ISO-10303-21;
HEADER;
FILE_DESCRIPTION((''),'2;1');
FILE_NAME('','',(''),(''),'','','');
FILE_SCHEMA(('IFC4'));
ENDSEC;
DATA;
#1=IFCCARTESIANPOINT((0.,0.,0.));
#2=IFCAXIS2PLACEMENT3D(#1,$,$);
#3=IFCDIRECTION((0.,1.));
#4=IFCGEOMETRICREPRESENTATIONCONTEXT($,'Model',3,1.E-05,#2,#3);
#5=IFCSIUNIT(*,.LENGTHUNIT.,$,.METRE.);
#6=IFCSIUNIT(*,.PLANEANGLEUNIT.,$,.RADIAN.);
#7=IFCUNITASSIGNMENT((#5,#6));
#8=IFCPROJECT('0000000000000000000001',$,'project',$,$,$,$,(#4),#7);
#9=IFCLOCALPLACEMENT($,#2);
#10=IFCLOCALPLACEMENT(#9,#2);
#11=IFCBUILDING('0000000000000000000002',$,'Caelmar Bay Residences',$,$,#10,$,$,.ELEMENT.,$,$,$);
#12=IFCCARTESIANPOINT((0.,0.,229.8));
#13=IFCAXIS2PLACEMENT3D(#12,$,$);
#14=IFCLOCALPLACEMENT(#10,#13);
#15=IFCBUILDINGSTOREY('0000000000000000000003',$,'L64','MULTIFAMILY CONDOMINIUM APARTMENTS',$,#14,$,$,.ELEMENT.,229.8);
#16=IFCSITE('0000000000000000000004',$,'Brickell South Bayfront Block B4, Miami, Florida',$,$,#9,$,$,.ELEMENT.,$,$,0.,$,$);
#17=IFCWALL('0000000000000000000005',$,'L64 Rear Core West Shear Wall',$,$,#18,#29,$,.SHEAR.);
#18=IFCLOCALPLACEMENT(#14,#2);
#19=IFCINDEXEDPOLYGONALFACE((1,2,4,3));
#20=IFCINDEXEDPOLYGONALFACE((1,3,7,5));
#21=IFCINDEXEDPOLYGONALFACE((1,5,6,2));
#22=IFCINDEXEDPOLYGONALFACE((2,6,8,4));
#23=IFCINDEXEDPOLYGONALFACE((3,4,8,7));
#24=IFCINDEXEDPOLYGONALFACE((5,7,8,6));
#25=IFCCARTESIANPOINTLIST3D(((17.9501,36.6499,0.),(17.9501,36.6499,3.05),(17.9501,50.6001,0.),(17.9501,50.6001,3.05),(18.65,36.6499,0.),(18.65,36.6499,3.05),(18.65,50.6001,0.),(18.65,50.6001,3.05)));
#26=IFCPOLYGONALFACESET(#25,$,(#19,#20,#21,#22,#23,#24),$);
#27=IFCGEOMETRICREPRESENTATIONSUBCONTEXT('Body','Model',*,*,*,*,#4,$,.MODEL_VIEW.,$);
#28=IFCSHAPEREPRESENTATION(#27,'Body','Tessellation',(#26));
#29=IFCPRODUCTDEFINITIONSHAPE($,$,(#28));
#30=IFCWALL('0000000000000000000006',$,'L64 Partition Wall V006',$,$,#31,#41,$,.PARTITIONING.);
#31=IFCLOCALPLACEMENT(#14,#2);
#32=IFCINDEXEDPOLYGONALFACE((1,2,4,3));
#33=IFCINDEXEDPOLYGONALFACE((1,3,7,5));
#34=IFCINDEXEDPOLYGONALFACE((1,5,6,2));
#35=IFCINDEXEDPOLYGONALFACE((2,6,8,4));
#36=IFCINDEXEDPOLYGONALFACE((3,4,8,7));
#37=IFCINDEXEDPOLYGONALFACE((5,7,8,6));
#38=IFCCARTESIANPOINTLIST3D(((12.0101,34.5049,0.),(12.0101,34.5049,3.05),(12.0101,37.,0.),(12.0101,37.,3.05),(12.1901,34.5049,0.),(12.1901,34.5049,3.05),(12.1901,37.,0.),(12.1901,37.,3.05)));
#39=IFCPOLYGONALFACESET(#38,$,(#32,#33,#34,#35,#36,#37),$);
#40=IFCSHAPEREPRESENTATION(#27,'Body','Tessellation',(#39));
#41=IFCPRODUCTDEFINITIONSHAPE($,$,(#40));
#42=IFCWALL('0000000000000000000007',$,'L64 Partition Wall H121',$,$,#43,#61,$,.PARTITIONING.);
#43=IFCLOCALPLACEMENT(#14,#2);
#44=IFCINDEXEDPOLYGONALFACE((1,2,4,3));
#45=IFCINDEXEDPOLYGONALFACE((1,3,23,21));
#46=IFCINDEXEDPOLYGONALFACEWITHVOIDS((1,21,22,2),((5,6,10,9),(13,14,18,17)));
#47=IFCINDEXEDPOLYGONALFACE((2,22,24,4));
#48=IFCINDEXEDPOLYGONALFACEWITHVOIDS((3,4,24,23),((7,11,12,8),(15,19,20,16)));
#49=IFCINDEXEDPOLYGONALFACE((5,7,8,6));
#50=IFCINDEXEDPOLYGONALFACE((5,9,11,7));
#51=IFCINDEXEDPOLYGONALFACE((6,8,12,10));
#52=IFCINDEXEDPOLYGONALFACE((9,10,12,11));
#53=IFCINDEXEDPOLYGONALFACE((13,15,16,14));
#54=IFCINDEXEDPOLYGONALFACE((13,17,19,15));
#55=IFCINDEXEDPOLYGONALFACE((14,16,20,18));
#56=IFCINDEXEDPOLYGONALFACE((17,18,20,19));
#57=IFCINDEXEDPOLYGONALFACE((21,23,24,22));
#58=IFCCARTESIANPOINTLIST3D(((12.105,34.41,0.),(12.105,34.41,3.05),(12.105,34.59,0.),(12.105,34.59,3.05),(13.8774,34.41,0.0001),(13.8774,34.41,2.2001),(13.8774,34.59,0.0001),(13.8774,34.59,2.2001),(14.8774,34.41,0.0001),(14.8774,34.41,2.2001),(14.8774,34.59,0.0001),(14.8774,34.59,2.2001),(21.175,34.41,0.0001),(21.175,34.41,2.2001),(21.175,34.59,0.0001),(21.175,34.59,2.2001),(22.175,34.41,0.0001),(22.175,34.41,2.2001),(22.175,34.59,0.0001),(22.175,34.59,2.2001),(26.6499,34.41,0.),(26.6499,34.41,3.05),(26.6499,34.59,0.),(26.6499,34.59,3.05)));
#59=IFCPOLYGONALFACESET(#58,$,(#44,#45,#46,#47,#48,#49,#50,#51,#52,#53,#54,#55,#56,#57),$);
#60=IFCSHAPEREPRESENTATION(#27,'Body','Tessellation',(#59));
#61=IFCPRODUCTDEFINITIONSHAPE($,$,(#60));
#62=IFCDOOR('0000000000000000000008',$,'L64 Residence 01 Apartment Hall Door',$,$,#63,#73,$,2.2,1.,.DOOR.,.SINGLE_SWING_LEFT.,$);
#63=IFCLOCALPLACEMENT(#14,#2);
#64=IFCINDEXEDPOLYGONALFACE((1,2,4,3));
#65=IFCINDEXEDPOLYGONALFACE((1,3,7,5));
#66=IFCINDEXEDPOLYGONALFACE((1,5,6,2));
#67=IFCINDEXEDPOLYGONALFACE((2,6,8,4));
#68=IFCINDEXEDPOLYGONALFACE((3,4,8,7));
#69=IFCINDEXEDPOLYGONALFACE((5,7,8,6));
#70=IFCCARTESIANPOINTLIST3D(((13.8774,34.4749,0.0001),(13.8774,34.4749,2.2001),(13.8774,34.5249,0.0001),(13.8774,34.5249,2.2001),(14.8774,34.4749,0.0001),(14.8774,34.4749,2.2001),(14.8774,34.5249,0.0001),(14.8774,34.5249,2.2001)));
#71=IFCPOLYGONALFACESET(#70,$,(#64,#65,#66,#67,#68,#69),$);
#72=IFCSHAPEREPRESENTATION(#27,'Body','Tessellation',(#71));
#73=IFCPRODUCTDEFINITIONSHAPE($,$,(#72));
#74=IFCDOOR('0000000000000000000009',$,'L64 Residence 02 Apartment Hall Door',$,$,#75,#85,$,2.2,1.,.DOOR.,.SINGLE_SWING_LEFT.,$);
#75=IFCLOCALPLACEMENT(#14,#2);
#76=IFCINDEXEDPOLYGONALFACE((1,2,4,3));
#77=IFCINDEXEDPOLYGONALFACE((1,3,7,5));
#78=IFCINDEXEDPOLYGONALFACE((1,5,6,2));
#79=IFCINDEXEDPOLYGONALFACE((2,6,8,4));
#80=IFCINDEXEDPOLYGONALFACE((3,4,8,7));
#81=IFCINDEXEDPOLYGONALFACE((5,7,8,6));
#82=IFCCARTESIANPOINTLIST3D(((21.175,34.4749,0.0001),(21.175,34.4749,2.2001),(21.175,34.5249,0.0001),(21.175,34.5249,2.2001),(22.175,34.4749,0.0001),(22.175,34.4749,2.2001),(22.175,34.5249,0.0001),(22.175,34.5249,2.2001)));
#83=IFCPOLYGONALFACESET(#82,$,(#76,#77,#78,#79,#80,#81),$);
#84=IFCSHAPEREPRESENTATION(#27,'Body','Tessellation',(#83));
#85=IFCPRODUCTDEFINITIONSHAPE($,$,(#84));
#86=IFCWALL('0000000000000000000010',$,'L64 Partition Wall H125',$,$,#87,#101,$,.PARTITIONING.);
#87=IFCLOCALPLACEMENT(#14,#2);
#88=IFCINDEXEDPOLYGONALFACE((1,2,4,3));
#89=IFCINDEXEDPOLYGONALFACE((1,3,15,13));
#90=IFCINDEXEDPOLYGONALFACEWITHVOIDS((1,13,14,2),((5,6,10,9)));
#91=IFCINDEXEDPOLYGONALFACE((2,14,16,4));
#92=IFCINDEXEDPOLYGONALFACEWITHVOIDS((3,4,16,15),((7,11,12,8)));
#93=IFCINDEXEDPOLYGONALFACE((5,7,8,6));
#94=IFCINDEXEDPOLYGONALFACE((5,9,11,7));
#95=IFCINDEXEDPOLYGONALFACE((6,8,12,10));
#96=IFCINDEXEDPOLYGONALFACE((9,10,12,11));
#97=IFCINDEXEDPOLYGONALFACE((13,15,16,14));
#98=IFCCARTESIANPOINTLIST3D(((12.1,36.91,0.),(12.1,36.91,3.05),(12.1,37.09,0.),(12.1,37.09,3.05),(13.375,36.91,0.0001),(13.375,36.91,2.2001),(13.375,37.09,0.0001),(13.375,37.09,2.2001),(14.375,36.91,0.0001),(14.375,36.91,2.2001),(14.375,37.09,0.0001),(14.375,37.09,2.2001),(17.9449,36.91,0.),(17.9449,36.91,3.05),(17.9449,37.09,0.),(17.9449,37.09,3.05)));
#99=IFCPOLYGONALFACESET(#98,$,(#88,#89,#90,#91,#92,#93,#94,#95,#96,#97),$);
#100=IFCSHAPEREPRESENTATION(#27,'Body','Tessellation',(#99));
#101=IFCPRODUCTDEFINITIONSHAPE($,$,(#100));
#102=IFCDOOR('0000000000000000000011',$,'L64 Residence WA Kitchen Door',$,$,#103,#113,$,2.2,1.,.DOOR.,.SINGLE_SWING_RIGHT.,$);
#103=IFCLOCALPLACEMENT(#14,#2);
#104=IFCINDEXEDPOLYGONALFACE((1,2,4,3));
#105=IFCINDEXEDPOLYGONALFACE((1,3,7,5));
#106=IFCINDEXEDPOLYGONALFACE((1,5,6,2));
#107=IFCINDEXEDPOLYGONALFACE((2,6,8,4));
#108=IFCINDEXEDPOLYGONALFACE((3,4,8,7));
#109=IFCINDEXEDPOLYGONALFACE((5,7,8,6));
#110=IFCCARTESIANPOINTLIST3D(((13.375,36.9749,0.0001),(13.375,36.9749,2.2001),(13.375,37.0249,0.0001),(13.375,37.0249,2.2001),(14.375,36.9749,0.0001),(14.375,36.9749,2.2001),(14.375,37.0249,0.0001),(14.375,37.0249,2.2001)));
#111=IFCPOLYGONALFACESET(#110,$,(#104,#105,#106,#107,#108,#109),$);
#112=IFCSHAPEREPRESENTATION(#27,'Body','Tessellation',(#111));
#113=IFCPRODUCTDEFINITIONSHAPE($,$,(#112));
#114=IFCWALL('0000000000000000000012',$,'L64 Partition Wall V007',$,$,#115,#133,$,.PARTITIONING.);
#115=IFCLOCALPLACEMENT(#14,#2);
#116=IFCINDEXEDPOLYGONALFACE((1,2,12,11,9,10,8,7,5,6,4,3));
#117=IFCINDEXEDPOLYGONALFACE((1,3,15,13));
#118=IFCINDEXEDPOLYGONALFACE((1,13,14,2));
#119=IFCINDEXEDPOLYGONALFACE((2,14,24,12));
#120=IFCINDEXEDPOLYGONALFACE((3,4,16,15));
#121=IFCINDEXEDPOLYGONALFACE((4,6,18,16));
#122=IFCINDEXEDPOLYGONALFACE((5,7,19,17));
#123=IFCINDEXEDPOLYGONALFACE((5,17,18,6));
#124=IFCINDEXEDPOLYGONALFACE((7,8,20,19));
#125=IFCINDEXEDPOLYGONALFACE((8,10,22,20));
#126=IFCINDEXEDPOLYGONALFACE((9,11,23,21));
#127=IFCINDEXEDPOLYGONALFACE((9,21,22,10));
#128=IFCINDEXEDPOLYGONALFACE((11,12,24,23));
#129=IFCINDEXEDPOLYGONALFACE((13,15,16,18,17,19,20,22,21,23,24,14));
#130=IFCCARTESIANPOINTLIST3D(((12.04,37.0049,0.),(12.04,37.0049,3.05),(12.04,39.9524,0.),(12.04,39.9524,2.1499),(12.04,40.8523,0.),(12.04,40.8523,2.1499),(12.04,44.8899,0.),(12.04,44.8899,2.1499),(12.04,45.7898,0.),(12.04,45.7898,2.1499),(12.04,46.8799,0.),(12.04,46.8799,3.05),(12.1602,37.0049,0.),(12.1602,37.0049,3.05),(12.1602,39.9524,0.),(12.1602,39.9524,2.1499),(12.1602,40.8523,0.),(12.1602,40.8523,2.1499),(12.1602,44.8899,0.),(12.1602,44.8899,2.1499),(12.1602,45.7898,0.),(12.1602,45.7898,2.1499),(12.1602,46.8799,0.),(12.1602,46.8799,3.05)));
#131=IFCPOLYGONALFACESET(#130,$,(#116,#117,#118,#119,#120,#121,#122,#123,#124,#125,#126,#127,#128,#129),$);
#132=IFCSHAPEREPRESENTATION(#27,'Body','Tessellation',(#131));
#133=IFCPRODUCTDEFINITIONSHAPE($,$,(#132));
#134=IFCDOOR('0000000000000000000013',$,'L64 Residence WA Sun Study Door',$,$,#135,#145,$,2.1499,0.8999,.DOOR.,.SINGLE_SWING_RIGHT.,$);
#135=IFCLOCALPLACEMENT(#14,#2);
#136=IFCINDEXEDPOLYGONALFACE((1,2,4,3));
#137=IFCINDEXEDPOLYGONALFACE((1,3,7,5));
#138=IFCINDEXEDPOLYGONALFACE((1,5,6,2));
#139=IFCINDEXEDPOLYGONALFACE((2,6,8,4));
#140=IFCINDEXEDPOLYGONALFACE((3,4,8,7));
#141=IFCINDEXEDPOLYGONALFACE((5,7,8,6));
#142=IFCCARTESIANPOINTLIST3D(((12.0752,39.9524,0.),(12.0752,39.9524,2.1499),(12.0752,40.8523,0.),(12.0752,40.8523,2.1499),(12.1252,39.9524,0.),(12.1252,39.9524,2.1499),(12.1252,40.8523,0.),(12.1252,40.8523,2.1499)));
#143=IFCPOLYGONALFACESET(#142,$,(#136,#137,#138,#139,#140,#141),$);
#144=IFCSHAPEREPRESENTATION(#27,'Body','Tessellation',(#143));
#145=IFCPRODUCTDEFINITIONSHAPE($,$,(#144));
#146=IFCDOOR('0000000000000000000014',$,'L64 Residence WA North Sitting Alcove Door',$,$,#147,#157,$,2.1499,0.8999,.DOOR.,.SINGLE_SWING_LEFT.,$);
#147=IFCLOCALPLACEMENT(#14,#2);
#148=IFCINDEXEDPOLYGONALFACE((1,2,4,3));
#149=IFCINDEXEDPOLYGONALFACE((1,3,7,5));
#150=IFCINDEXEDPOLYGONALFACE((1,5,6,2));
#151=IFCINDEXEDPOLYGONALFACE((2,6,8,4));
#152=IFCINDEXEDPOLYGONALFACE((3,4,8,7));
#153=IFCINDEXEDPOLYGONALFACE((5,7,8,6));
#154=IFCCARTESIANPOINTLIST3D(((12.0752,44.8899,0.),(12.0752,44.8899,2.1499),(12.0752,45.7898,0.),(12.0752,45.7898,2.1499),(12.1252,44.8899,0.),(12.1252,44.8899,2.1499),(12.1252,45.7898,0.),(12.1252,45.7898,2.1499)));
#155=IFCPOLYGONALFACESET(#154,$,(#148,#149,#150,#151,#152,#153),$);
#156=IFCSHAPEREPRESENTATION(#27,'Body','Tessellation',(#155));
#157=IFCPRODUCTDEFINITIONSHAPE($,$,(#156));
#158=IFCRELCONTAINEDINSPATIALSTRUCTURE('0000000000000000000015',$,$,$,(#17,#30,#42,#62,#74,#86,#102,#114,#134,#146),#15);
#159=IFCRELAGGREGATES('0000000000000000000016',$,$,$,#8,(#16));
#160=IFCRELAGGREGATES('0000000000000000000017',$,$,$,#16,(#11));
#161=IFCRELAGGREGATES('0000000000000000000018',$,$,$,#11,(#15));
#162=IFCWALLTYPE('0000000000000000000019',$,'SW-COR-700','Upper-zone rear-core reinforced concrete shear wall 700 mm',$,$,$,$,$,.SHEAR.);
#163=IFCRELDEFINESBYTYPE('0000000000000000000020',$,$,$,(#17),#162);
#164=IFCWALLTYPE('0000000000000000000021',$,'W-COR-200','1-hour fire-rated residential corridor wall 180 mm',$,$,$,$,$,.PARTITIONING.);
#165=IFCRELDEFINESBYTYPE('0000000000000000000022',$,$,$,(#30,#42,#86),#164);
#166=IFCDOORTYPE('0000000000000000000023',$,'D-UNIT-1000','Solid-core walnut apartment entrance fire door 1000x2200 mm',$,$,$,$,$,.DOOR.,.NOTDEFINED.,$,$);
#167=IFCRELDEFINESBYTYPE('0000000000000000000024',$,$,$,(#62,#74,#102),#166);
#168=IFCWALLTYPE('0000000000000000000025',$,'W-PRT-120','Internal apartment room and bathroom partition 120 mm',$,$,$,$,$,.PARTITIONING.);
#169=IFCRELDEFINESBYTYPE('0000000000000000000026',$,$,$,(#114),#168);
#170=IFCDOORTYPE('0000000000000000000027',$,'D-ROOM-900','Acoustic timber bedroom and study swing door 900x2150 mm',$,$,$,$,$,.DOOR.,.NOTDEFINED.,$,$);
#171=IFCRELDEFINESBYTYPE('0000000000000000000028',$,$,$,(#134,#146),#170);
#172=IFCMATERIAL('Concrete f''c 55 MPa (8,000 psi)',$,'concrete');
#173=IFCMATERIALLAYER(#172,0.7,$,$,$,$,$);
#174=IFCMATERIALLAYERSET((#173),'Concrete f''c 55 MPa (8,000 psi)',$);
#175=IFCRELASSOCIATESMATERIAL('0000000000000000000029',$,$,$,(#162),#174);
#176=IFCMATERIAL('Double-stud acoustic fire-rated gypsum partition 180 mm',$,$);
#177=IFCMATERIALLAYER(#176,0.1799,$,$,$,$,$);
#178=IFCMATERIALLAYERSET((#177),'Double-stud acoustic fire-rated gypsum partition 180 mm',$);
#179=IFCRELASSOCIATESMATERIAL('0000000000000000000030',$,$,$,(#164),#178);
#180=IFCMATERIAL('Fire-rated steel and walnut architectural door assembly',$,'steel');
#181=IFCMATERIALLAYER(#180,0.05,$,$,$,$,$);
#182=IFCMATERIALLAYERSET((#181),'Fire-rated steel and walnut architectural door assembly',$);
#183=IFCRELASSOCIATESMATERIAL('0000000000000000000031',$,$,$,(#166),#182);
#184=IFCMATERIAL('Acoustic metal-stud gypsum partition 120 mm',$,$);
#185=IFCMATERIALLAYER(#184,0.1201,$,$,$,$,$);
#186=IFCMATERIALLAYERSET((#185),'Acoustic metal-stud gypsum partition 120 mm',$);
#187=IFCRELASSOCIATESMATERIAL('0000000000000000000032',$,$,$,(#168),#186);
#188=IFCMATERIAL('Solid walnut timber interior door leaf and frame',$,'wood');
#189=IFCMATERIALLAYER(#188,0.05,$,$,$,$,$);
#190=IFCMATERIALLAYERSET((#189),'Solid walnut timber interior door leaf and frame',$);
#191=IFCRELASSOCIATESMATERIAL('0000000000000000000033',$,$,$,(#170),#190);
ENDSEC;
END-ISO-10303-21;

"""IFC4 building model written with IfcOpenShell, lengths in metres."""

from ifc_helpers import new_model, si_unit, direction, frame, frame_2d, origin, place, context, subcontext, project, spatial, rectangle, extrude, material, layer, layer_set, type_object, element, fill, save


model = new_model("IFC4")

# Units and contexts
model_context = context("Model", 3, precision=1e-05, world=origin(), true_north=direction((0.0, 1.0)))
body_context = subcontext(model_context, "Body", "Model", "MODEL_VIEW")
ifc_project = project(units=[si_unit("LENGTHUNIT", "METRE"), si_unit("PLANEANGLEUNIT", "RADIAN")], contexts=[model_context])

# Site, building, storey
site_placement = place(None, origin())
site = spatial("IfcSite", under=ifc_project, at=site_placement, Name="Brickell South Bayfront Block B4, Miami, Florida", CompositionType="ELEMENT", RefElevation=0.0)
building_placement = place(site_placement, origin())
building = spatial("IfcBuilding", under=site, at=building_placement, Name="Caelmar Bay Residences", CompositionType="ELEMENT")
storey_placement = place(building_placement, frame((0.0, 0.0, 229.8)))
storey = spatial("IfcBuildingStorey", under=building, at=storey_placement, Name="L64", Description="MULTIFAMILY CONDOMINIUM APARTMENTS", CompositionType="ELEMENT", Elevation=229.8)

# Shared definitions
ifc_material_1 = material(Name="Concrete f'c 55 MPa (8,000 psi)", Category="concrete")
ifc_layer_1 = layer(ifc_material_1, 0.7)
ifc_layer_set_1 = layer_set([ifc_layer_1], Name="Concrete f'c 55 MPa (8,000 psi)")
wall_type_1 = type_object("IfcWallType", Name="SW-COR-700", Description="Upper-zone rear-core reinforced concrete shear wall 700 mm", PredefinedType="SHEAR", material=ifc_layer_set_1)
ifc_material_2 = material(Name="Fire-rated steel and walnut architectural door assembly", Category="steel")

# Walls
wall_1_placement = place(storey_placement, frame((18.3, 36.6499, 0.0), z_axis=(0.0, 0.0, 1.0), x_axis=(0.0, 1.0, 0.0)))
element("IfcWall", 1, at=wall_1_placement, inside=storey, type_object=wall_type_1, Name="L64 Rear Core West Shear Wall", PredefinedType="SHEAR", context=body_context, shape_type="SweptSolid", body=[
    extrude(rectangle(XDim=13.9502, YDim=0.7, at=frame_2d((6.9751, 0.0))), origin(), (0.0, 0.0, 1.0), 3.05),
])
ifc_material_3 = material(Name="Double-stud acoustic fire-rated gypsum partition 180 mm")
ifc_layer_2 = layer(ifc_material_3, 0.1799)
ifc_layer_set_2 = layer_set([ifc_layer_2], Name="Double-stud acoustic fire-rated gypsum partition 180 mm")
wall_type_2 = type_object("IfcWallType", Name="W-COR-200", Description="1-hour fire-rated residential corridor wall 180 mm", PredefinedType="PARTITIONING", material=ifc_layer_set_2)
wall_2_placement = place(storey_placement, frame((12.1001, 34.5049, 0.0), z_axis=(0.0, 0.0, 1.0), x_axis=(0.0, 1.0, 0.0)))
element("IfcWall", 2, at=wall_2_placement, inside=storey, type_object=wall_type_2, Name="L64 Partition Wall V006", PredefinedType="PARTITIONING", context=body_context, shape_type="SweptSolid", body=[
    extrude(rectangle(XDim=2.4951, YDim=0.1799, at=frame_2d((1.2476, 0.0))), origin(), (0.0, 0.0, 1.0), 3.05),
])

# Wall, openings, doors
wall_3_placement = place(storey_placement, frame((12.105, 34.5, 0.0), z_axis=(0.0, 0.0, 1.0), x_axis=(1.0, 0.0, 0.0)))
wall_3 = element("IfcWall", 3, at=wall_3_placement, inside=storey, type_object=wall_type_2, Name="L64 Partition Wall H121", PredefinedType="PARTITIONING", context=body_context, shape_type="SweptSolid", body=[
    extrude(rectangle(XDim=14.5449, YDim=0.1799, at=frame_2d((7.2725, 0.0))), origin(), (0.0, 0.0, 1.0), 3.05),
])
opening_1_placement = place(wall_3_placement, frame((1.7725, 0.0, 0.0)))
opening_1 = element("IfcOpeningElement", 4, at=opening_1_placement, cuts=wall_3, PredefinedType="OPENING", context=body_context, shape_type="SweptSolid", body=[
    extrude(rectangle(XDim=1.0, YDim=2.2, at=frame_2d((0.5, 1.1001))), frame((0.0, 0.0999, 0.0), z_axis=(0.0, -1.0, 0.0), x_axis=(1.0, 0.0, 0.0)), (0.0, 0.0, 1.0), 0.2),
])
opening_2_placement = place(wall_3_placement, frame((9.0701, 0.0, 0.0)))
opening_2 = element("IfcOpeningElement", 5, at=opening_2_placement, cuts=wall_3, PredefinedType="OPENING", context=body_context, shape_type="SweptSolid", body=[
    extrude(rectangle(XDim=1.0, YDim=2.2, at=frame_2d((0.5, 1.1001))), frame((0.0, 0.0999, 0.0), z_axis=(0.0, -1.0, 0.0), x_axis=(1.0, 0.0, 0.0)), (0.0, 0.0, 1.0), 0.2),
])
ifc_layer_3 = layer(ifc_material_2, 0.05)
ifc_layer_set_3 = layer_set([ifc_layer_3], Name="Fire-rated steel and walnut architectural door assembly")
door_type_1 = type_object("IfcDoorType", Name="D-UNIT-1000", Description="Solid-core walnut apartment entrance fire door 1000x2200 mm", OperationType="NOTDEFINED", PredefinedType="DOOR", material=ifc_layer_set_3)
door_1_placement = place(opening_1_placement, origin())
door_1 = element("IfcDoor", 6, at=door_1_placement, inside=storey, type_object=door_type_1, Name="L64 Residence 01 Apartment Hall Door", OperationType="SINGLE_SWING_LEFT", OverallHeight=2.2, OverallWidth=1.0, PredefinedType="DOOR", context=body_context, shape_type="SweptSolid", body=[
    extrude(rectangle(XDim=1.0, YDim=2.2, at=frame_2d((0.5, 1.1001))), frame((0.0, 0.0249, 0.0), z_axis=(0.0, -1.0, 0.0), x_axis=(1.0, 0.0, 0.0)), (0.0, 0.0, 1.0), 0.05),
])
fill(opening_1, door_1)
door_2_placement = place(opening_2_placement, origin())
door_2 = element("IfcDoor", 7, at=door_2_placement, inside=storey, type_object=door_type_1, Name="L64 Residence 02 Apartment Hall Door", OperationType="SINGLE_SWING_LEFT", OverallHeight=2.2, OverallWidth=1.0, PredefinedType="DOOR", context=body_context, shape_type="SweptSolid", body=[
    extrude(rectangle(XDim=1.0, YDim=2.2, at=frame_2d((0.5, 1.1001))), frame((0.0, 0.0249, 0.0), z_axis=(0.0, -1.0, 0.0), x_axis=(1.0, 0.0, 0.0)), (0.0, 0.0, 1.0), 0.05),
])
fill(opening_2, door_2)

# Wall, opening, door
wall_4_placement = place(storey_placement, frame((12.1001, 37.0, 0.0), z_axis=(0.0, 0.0, 1.0), x_axis=(1.0, 0.0, 0.0)))
wall_4 = element("IfcWall", 8, at=wall_4_placement, inside=storey, type_object=wall_type_2, Name="L64 Partition Wall H125", PredefinedType="PARTITIONING", context=body_context, shape_type="SweptSolid", body=[
    extrude(rectangle(XDim=5.845, YDim=0.1799, at=frame_2d((2.9224, 0.0))), origin(), (0.0, 0.0, 1.0), 3.05),
])
opening_3_placement = place(wall_4_placement, frame((1.2749, 0.0, 0.0)))
opening_3 = element("IfcOpeningElement", 9, at=opening_3_placement, cuts=wall_4, PredefinedType="OPENING", context=body_context, shape_type="SweptSolid", body=[
    extrude(rectangle(XDim=1.0, YDim=2.2, at=frame_2d((0.5, 1.1001))), frame((0.0, 0.0999, 0.0), z_axis=(0.0, -1.0, 0.0), x_axis=(1.0, 0.0, 0.0)), (0.0, 0.0, 1.0), 0.2),
])
door_3_placement = place(opening_3_placement, origin())
door_3 = element("IfcDoor", 10, at=door_3_placement, inside=storey, type_object=door_type_1, Name="L64 Residence WA Kitchen Door", OperationType="SINGLE_SWING_RIGHT", OverallHeight=2.2, OverallWidth=1.0, PredefinedType="DOOR", context=body_context, shape_type="SweptSolid", body=[
    extrude(rectangle(XDim=1.0, YDim=2.2, at=frame_2d((0.5, 1.1001))), frame((0.0, 0.0249, 0.0), z_axis=(0.0, -1.0, 0.0), x_axis=(1.0, 0.0, 0.0)), (0.0, 0.0, 1.0), 0.05),
])
fill(opening_3, door_3)

# Wall, openings, doors
ifc_material_4 = material(Name="Acoustic metal-stud gypsum partition 120 mm")
ifc_layer_4 = layer(ifc_material_4, 0.1201)
ifc_layer_set_4 = layer_set([ifc_layer_4], Name="Acoustic metal-stud gypsum partition 120 mm")
wall_type_3 = type_object("IfcWallType", Name="W-PRT-120", Description="Internal apartment room and bathroom partition 120 mm", PredefinedType="PARTITIONING", material=ifc_layer_set_4)
wall_5_placement = place(storey_placement, frame((12.1001, 37.0049, 0.0), z_axis=(0.0, 0.0, 1.0), x_axis=(0.0, 1.0, 0.0)))
wall_5 = element("IfcWall", 11, at=wall_5_placement, inside=storey, type_object=wall_type_3, Name="L64 Partition Wall V007", PredefinedType="PARTITIONING", context=body_context, shape_type="SweptSolid", body=[
    extrude(rectangle(XDim=9.875, YDim=0.1201, at=frame_2d((4.9375, 0.0))), origin(), (0.0, 0.0, 1.0), 3.05),
])
opening_4_placement = place(wall_5_placement, frame((2.9475, 0.0, 0.0)))
opening_4 = element("IfcOpeningElement", 12, at=opening_4_placement, cuts=wall_5, PredefinedType="OPENING", context=body_context, shape_type="SweptSolid", body=[
    extrude(rectangle(XDim=0.8999, YDim=2.1499, at=frame_2d((0.45, 1.075))), frame((0.0, 0.0701, 0.0), z_axis=(0.0, -1.0, 0.0), x_axis=(1.0, 0.0, 0.0)), (0.0, 0.0, 1.0), 0.1401),
])
opening_5_placement = place(wall_5_placement, frame((7.885, 0.0, 0.0)))
opening_5 = element("IfcOpeningElement", 13, at=opening_5_placement, cuts=wall_5, PredefinedType="OPENING", context=body_context, shape_type="SweptSolid", body=[
    extrude(rectangle(XDim=0.8999, YDim=2.1499, at=frame_2d((0.45, 1.075))), frame((0.0, 0.0701, 0.0), z_axis=(0.0, -1.0, 0.0), x_axis=(1.0, 0.0, 0.0)), (0.0, 0.0, 1.0), 0.1401),
])
ifc_material_5 = material(Name="Solid walnut timber interior door leaf and frame", Category="wood")
ifc_layer_5 = layer(ifc_material_5, 0.05)
ifc_layer_set_5 = layer_set([ifc_layer_5], Name="Solid walnut timber interior door leaf and frame")
door_type_2 = type_object("IfcDoorType", Name="D-ROOM-900", Description="Acoustic timber bedroom and study swing door 900x2150 mm", OperationType="NOTDEFINED", PredefinedType="DOOR", material=ifc_layer_set_5)
door_4_placement = place(opening_4_placement, origin())
door_4 = element("IfcDoor", 14, at=door_4_placement, inside=storey, type_object=door_type_2, Name="L64 Residence WA Sun Study Door", OperationType="SINGLE_SWING_RIGHT", OverallHeight=2.1499, OverallWidth=0.8999, PredefinedType="DOOR", context=body_context, shape_type="SweptSolid", body=[
    extrude(rectangle(XDim=0.8999, YDim=2.1499, at=frame_2d((0.45, 1.075))), frame((0.0, 0.0249, 0.0), z_axis=(0.0, -1.0, 0.0), x_axis=(1.0, 0.0, 0.0)), (0.0, 0.0, 1.0), 0.05),
])
fill(opening_4, door_4)
door_5_placement = place(opening_5_placement, origin())
door_5 = element("IfcDoor", 15, at=door_5_placement, inside=storey, type_object=door_type_2, Name="L64 Residence WA North Sitting Alcove Door", OperationType="SINGLE_SWING_LEFT", OverallHeight=2.1499, OverallWidth=0.8999, PredefinedType="DOOR", context=body_context, shape_type="SweptSolid", body=[
    extrude(rectangle(XDim=0.8999, YDim=2.1499, at=frame_2d((0.45, 1.075))), frame((0.0, 0.0249, 0.0), z_axis=(0.0, -1.0, 0.0), x_axis=(1.0, 0.0, 0.0)), (0.0, 0.0, 1.0), 0.05),
])
fill(opening_5, door_5)

save(model, "model.ifc")
